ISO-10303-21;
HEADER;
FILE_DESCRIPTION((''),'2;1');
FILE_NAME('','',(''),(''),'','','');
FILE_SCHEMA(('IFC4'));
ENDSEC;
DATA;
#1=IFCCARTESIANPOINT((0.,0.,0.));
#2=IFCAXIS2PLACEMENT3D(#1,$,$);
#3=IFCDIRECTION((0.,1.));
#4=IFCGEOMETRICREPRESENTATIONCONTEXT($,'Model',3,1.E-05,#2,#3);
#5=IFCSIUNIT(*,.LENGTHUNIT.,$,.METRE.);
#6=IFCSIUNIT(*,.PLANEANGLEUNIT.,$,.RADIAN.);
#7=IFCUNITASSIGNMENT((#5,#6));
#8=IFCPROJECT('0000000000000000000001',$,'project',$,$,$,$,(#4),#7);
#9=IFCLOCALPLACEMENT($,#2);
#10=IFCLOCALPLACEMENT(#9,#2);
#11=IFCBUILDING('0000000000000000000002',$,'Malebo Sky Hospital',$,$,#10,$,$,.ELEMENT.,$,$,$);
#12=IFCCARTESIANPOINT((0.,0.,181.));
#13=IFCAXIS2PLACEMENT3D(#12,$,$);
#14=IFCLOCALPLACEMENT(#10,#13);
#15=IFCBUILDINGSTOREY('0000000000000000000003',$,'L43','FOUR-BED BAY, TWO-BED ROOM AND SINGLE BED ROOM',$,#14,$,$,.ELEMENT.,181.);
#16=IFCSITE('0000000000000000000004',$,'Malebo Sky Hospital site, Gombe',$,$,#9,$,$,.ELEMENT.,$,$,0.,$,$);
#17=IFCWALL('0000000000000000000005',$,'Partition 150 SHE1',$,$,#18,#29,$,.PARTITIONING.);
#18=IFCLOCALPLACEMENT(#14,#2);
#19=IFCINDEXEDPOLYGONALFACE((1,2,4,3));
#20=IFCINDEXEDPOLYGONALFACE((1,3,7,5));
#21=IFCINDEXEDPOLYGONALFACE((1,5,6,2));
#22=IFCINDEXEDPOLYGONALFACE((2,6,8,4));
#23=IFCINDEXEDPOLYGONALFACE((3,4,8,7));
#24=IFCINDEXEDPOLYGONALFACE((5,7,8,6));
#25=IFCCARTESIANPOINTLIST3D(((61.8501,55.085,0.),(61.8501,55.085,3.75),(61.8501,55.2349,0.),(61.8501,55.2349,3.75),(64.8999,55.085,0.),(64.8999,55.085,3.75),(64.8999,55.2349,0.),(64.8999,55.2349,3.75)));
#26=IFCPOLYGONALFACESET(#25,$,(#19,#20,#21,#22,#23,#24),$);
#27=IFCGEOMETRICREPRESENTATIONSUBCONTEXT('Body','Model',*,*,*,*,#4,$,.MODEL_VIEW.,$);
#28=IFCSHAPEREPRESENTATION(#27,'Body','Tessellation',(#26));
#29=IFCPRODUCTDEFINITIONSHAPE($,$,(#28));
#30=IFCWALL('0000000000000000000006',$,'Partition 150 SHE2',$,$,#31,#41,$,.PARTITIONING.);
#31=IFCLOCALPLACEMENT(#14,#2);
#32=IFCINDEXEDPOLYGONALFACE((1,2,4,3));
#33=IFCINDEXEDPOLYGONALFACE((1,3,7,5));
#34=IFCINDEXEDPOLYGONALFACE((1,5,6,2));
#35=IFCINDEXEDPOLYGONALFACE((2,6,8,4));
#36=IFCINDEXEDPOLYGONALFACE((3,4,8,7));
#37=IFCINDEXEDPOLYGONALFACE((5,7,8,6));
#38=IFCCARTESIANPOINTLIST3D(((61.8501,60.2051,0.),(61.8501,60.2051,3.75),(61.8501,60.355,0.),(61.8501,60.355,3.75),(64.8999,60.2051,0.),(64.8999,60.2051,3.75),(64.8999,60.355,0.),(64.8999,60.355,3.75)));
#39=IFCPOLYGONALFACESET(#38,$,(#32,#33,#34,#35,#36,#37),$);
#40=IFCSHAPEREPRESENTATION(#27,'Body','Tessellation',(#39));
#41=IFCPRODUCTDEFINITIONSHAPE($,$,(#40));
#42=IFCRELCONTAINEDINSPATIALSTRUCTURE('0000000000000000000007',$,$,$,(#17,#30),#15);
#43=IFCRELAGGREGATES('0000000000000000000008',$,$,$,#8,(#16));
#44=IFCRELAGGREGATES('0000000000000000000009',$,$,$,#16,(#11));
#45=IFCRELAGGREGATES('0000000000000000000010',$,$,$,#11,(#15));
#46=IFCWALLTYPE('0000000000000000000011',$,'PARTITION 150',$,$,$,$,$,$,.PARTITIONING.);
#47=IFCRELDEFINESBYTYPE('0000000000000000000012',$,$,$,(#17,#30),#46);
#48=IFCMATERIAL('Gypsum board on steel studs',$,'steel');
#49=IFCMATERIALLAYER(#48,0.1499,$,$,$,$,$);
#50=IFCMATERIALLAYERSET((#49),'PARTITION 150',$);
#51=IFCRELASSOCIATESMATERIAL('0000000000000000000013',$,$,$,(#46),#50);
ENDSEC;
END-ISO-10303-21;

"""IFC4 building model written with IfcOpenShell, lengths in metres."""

from ifc_helpers import new_model, si_unit, direction, frame, frame_2d, origin, place, context, subcontext, project, spatial, rectangle, extrude, material, layer, layer_set, type_object, element, save


model = new_model("IFC4")

# Units and contexts
model_context = context("Model", 3, precision=1e-05, world=origin(), true_north=direction((0.0, 1.0)))
body_context = subcontext(model_context, "Body", "Model", "MODEL_VIEW")
ifc_project = project(units=[si_unit("LENGTHUNIT", "METRE"), si_unit("PLANEANGLEUNIT", "RADIAN")], contexts=[model_context])

# Site, building, storey
site_placement = place(None, origin())
site = spatial("IfcSite", under=ifc_project, at=site_placement, Name="Malebo Sky Hospital site, Gombe", CompositionType="ELEMENT", RefElevation=0.0)
building_placement = place(site_placement, origin())
building = spatial("IfcBuilding", under=site, at=building_placement, Name="Malebo Sky Hospital", CompositionType="ELEMENT")
storey_placement = place(building_placement, frame((0.0, 0.0, 181.0)))
storey = spatial("IfcBuildingStorey", under=building, at=storey_placement, Name="L43", Description="FOUR-BED BAY, TWO-BED ROOM AND SINGLE BED ROOM", CompositionType="ELEMENT", Elevation=181.0)

# Walls
ifc_material_1 = material(Name="Gypsum board on steel studs", Category="steel")
ifc_layer_1 = layer(ifc_material_1, 0.1499)
ifc_layer_set_1 = layer_set([ifc_layer_1], Name="PARTITION 150")
wall_type_1 = type_object("IfcWallType", Name="PARTITION 150", PredefinedType="PARTITIONING", material=ifc_layer_set_1)
for number, where, z_axis, x_axis, name in (
    (1, (61.8501, 55.1599, 0.0), (0.0, 0.0, 1.0), (1.0, 0.0, 0.0), "Partition 150 SHE1"),
    (2, (61.8501, 60.28, 0.0), (0.0, 0.0, 1.0), (1.0, 0.0, 0.0), "Partition 150 SHE2"),
):
    element("IfcWall", number, at=place(storey_placement, frame(where, z_axis=z_axis, x_axis=x_axis)), inside=storey, type_object=wall_type_1, Name=name, PredefinedType="PARTITIONING", context=body_context, shape_type="SweptSolid", body=[
        extrude(rectangle(XDim=3.0498, YDim=0.1499, at=frame_2d((1.5249, 0.0))), origin(), (0.0, 0.0, 1.0), 3.75),
    ])

save(model, "model.ifc")
